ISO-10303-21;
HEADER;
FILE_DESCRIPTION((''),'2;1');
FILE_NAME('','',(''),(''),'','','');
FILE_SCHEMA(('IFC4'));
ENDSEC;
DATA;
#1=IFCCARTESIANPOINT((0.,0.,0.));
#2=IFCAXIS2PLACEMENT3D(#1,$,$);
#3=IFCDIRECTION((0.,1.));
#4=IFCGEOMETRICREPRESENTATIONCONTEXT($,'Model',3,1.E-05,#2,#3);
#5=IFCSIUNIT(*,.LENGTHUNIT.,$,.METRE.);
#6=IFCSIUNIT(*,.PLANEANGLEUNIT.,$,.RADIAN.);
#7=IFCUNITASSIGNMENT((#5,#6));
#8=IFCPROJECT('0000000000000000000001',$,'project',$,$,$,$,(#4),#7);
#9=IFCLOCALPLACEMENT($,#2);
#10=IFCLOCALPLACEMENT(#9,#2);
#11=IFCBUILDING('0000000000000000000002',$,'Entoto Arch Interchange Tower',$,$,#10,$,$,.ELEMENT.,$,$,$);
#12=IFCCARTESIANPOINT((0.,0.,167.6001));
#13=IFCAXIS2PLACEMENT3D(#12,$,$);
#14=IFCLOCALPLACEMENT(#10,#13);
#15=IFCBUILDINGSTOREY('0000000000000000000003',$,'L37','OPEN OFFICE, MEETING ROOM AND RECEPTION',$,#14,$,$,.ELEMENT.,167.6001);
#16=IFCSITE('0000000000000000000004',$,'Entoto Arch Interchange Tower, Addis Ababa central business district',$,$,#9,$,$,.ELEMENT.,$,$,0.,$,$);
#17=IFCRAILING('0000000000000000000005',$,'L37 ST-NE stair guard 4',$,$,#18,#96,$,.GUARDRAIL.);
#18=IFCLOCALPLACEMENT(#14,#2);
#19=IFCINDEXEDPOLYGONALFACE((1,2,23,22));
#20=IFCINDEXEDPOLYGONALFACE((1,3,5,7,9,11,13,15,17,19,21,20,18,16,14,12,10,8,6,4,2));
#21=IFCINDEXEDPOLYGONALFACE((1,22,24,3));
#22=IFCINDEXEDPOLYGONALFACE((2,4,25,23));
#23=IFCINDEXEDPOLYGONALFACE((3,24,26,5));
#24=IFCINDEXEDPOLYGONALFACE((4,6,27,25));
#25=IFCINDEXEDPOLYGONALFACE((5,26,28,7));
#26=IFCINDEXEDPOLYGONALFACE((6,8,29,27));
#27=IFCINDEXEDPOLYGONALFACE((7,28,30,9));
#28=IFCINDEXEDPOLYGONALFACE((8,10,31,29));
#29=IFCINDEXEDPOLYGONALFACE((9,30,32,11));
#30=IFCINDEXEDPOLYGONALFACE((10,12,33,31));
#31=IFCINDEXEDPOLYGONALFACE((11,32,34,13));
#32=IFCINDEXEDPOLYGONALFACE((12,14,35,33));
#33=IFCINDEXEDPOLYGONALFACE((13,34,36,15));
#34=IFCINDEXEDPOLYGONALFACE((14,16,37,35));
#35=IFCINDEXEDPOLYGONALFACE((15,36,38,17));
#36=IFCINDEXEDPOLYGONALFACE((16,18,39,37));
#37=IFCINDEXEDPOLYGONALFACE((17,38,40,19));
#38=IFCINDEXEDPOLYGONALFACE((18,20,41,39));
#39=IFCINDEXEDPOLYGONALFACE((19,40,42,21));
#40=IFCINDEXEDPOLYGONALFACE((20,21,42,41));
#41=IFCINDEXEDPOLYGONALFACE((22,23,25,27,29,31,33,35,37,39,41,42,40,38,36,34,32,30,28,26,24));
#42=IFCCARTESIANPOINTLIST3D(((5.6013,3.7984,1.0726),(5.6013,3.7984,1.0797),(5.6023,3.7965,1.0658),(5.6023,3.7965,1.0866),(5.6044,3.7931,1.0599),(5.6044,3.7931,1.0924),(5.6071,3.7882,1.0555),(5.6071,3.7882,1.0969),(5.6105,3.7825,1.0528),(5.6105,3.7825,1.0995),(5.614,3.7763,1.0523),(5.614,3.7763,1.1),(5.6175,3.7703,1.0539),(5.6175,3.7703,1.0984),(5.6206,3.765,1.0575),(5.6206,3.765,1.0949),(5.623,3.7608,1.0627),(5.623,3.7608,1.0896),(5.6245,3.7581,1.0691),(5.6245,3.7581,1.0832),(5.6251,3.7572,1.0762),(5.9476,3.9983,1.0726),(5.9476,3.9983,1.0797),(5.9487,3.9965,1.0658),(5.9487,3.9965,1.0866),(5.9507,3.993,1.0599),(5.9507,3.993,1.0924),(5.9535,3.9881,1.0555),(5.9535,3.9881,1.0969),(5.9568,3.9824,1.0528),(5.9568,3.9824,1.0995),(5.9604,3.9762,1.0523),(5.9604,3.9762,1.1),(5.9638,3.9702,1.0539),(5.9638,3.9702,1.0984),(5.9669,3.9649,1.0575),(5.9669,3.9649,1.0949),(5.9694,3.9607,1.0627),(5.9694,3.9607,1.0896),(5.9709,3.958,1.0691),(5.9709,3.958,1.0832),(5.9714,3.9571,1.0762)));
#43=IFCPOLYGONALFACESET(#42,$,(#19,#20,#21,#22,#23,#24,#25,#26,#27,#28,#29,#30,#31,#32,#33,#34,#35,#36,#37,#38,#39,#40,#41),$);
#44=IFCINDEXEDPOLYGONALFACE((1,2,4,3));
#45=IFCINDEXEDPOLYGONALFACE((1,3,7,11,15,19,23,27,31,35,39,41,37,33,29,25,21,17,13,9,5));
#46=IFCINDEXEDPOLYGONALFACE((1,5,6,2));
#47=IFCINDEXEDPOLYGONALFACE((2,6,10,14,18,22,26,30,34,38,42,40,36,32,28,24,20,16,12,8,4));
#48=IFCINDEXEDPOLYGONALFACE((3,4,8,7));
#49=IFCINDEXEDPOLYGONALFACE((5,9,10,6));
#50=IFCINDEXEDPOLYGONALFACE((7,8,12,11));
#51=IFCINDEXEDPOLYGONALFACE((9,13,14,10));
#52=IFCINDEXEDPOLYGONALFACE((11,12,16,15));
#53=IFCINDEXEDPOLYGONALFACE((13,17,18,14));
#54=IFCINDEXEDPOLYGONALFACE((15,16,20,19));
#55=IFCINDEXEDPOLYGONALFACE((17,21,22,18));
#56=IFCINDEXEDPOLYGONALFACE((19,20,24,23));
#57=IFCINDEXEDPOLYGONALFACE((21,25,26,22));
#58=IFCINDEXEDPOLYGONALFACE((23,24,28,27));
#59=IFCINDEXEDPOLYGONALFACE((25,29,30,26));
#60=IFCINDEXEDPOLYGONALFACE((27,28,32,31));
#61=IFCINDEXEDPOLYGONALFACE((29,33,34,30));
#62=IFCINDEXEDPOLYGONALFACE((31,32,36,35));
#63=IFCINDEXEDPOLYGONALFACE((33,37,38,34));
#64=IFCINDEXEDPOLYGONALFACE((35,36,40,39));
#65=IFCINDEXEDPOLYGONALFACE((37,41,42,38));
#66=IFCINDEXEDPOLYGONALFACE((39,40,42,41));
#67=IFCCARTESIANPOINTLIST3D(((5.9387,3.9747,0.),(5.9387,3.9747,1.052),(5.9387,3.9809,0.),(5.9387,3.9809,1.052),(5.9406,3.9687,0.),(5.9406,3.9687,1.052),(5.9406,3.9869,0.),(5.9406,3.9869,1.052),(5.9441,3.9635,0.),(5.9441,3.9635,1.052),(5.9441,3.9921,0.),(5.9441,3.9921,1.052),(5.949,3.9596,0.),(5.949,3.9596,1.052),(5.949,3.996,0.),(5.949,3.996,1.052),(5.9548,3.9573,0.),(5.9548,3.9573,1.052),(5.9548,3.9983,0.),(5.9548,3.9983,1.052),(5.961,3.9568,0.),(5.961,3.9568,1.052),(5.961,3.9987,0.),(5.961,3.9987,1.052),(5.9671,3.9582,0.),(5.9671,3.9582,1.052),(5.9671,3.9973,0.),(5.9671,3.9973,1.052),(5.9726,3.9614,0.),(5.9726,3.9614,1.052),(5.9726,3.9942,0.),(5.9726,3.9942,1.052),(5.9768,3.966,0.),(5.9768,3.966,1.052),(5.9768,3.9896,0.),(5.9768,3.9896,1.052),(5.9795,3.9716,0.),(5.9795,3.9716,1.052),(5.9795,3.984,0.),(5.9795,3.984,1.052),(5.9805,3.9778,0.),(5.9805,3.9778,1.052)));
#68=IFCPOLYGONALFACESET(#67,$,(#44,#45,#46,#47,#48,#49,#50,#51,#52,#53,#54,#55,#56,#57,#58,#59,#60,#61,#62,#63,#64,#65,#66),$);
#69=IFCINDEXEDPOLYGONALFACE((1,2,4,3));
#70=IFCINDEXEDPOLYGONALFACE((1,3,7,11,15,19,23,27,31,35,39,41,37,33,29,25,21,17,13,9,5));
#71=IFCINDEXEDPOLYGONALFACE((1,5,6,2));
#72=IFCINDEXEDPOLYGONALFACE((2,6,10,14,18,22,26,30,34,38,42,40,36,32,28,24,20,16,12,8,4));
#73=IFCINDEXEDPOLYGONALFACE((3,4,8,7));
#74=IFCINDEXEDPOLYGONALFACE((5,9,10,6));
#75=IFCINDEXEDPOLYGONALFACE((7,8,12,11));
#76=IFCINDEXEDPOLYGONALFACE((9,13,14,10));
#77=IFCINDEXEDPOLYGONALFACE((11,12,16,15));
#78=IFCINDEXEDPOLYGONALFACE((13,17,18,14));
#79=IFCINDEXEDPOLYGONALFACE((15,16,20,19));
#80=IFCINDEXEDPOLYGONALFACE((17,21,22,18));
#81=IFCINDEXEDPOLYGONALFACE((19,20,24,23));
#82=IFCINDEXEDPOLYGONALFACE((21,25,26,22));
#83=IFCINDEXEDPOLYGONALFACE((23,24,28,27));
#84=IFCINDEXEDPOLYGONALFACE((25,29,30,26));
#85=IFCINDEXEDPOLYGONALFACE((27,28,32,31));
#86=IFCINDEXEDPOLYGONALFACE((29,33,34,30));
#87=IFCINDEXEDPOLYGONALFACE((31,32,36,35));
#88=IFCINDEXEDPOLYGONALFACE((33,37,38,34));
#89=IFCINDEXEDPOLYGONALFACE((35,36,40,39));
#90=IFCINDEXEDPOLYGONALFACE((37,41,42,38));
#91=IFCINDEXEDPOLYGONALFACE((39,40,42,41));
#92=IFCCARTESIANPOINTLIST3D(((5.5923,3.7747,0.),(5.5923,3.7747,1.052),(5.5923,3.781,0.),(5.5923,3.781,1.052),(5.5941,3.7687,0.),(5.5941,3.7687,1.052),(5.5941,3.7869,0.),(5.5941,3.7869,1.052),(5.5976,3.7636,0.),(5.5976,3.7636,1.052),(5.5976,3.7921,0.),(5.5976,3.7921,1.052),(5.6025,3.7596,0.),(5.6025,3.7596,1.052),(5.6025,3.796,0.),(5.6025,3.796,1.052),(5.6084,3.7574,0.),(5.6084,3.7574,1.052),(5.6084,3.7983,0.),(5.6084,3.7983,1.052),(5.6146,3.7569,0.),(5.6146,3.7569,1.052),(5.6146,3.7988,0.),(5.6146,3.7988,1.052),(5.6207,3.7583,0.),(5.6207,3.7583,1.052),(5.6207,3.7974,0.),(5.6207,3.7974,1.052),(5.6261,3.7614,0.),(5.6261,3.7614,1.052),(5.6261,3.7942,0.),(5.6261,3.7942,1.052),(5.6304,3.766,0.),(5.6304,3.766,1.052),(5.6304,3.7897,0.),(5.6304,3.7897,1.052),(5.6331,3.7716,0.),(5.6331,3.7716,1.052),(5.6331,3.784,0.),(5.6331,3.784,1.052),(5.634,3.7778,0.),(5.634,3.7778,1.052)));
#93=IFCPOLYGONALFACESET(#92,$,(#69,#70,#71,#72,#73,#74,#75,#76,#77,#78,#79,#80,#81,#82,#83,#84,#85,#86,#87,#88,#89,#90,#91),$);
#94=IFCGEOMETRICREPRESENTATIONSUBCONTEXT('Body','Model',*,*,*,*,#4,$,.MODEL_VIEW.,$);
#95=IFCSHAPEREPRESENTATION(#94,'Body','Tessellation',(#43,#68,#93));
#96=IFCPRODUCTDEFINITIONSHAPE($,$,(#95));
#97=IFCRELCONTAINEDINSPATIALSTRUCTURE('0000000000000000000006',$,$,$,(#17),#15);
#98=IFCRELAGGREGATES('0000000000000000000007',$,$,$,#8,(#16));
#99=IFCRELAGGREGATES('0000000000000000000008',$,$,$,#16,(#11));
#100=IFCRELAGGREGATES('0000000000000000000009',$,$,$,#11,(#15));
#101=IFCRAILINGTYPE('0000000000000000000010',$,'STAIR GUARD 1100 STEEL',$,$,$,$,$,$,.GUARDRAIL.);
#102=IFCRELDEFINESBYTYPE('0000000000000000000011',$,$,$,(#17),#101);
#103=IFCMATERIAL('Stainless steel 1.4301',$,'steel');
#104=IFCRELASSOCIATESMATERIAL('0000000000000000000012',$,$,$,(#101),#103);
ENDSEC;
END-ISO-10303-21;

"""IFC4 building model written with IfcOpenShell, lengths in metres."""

from ifc_helpers import new_model, si_unit, direction, frame, origin, origin_2d, place, context, subcontext, project, spatial, circle, extrude, material, type_object, element, save


model = new_model("IFC4")

# Units and contexts
model_context = context("Model", 3, precision=1e-05, world=origin(), true_north=direction((0.0, 1.0)))
body_context = subcontext(model_context, "Body", "Model", "MODEL_VIEW")
ifc_project = project(units=[si_unit("LENGTHUNIT", "METRE"), si_unit("PLANEANGLEUNIT", "RADIAN")], contexts=[model_context])

# Site, building, storey
site_placement = place(None, origin())
site = spatial("IfcSite", under=ifc_project, at=site_placement, Name="Entoto Arch Interchange Tower, Addis Ababa central business district", CompositionType="ELEMENT", RefElevation=0.0)
building_placement = place(site_placement, origin())
building = spatial("IfcBuilding", under=site, at=building_placement, Name="Entoto Arch Interchange Tower", CompositionType="ELEMENT")
storey_placement = place(building_placement, frame((0.0, 0.0, 167.6001)))
storey = spatial("IfcBuildingStorey", under=building, at=storey_placement, Name="L37", Description="OPEN OFFICE, MEETING ROOM AND RECEPTION", CompositionType="ELEMENT", Elevation=167.6001)

# Railing
ifc_material_1 = material(Name="Stainless steel 1.4301", Category="steel")
railing_type_1 = type_object("IfcRailingType", Name="STAIR GUARD 1100 STEEL", PredefinedType="GUARDRAIL", material=ifc_material_1)
railing_1_placement = place(storey_placement, frame((5.9595, 3.9778, 0.0)))
element("IfcRailing", 1, at=railing_1_placement, inside=storey, type_object=railing_type_1, Name="L37 ST-NE stair guard 4", PredefinedType="GUARDRAIL", context=body_context, shape_type="SweptSolid", body=[
    extrude(circle(Radius=0.0239, at=origin_2d()), frame((0.0, 0.0, 1.0762), z_axis=(-0.866094, -0.499881, 0.0), x_axis=(0.499881, -0.866094, 0.0)), (0.0, 0.0, 1.0), 0.3999),
    extrude(circle(Radius=0.021, at=origin_2d()), origin(), (0.0, 0.0, 1.0), 1.052),
    extrude(circle(Radius=0.021, at=origin_2d()), frame((-0.3464, -0.2, 0.0)), (0.0, 0.0, 1.0), 1.052),
])

save(model, "model.ifc")
